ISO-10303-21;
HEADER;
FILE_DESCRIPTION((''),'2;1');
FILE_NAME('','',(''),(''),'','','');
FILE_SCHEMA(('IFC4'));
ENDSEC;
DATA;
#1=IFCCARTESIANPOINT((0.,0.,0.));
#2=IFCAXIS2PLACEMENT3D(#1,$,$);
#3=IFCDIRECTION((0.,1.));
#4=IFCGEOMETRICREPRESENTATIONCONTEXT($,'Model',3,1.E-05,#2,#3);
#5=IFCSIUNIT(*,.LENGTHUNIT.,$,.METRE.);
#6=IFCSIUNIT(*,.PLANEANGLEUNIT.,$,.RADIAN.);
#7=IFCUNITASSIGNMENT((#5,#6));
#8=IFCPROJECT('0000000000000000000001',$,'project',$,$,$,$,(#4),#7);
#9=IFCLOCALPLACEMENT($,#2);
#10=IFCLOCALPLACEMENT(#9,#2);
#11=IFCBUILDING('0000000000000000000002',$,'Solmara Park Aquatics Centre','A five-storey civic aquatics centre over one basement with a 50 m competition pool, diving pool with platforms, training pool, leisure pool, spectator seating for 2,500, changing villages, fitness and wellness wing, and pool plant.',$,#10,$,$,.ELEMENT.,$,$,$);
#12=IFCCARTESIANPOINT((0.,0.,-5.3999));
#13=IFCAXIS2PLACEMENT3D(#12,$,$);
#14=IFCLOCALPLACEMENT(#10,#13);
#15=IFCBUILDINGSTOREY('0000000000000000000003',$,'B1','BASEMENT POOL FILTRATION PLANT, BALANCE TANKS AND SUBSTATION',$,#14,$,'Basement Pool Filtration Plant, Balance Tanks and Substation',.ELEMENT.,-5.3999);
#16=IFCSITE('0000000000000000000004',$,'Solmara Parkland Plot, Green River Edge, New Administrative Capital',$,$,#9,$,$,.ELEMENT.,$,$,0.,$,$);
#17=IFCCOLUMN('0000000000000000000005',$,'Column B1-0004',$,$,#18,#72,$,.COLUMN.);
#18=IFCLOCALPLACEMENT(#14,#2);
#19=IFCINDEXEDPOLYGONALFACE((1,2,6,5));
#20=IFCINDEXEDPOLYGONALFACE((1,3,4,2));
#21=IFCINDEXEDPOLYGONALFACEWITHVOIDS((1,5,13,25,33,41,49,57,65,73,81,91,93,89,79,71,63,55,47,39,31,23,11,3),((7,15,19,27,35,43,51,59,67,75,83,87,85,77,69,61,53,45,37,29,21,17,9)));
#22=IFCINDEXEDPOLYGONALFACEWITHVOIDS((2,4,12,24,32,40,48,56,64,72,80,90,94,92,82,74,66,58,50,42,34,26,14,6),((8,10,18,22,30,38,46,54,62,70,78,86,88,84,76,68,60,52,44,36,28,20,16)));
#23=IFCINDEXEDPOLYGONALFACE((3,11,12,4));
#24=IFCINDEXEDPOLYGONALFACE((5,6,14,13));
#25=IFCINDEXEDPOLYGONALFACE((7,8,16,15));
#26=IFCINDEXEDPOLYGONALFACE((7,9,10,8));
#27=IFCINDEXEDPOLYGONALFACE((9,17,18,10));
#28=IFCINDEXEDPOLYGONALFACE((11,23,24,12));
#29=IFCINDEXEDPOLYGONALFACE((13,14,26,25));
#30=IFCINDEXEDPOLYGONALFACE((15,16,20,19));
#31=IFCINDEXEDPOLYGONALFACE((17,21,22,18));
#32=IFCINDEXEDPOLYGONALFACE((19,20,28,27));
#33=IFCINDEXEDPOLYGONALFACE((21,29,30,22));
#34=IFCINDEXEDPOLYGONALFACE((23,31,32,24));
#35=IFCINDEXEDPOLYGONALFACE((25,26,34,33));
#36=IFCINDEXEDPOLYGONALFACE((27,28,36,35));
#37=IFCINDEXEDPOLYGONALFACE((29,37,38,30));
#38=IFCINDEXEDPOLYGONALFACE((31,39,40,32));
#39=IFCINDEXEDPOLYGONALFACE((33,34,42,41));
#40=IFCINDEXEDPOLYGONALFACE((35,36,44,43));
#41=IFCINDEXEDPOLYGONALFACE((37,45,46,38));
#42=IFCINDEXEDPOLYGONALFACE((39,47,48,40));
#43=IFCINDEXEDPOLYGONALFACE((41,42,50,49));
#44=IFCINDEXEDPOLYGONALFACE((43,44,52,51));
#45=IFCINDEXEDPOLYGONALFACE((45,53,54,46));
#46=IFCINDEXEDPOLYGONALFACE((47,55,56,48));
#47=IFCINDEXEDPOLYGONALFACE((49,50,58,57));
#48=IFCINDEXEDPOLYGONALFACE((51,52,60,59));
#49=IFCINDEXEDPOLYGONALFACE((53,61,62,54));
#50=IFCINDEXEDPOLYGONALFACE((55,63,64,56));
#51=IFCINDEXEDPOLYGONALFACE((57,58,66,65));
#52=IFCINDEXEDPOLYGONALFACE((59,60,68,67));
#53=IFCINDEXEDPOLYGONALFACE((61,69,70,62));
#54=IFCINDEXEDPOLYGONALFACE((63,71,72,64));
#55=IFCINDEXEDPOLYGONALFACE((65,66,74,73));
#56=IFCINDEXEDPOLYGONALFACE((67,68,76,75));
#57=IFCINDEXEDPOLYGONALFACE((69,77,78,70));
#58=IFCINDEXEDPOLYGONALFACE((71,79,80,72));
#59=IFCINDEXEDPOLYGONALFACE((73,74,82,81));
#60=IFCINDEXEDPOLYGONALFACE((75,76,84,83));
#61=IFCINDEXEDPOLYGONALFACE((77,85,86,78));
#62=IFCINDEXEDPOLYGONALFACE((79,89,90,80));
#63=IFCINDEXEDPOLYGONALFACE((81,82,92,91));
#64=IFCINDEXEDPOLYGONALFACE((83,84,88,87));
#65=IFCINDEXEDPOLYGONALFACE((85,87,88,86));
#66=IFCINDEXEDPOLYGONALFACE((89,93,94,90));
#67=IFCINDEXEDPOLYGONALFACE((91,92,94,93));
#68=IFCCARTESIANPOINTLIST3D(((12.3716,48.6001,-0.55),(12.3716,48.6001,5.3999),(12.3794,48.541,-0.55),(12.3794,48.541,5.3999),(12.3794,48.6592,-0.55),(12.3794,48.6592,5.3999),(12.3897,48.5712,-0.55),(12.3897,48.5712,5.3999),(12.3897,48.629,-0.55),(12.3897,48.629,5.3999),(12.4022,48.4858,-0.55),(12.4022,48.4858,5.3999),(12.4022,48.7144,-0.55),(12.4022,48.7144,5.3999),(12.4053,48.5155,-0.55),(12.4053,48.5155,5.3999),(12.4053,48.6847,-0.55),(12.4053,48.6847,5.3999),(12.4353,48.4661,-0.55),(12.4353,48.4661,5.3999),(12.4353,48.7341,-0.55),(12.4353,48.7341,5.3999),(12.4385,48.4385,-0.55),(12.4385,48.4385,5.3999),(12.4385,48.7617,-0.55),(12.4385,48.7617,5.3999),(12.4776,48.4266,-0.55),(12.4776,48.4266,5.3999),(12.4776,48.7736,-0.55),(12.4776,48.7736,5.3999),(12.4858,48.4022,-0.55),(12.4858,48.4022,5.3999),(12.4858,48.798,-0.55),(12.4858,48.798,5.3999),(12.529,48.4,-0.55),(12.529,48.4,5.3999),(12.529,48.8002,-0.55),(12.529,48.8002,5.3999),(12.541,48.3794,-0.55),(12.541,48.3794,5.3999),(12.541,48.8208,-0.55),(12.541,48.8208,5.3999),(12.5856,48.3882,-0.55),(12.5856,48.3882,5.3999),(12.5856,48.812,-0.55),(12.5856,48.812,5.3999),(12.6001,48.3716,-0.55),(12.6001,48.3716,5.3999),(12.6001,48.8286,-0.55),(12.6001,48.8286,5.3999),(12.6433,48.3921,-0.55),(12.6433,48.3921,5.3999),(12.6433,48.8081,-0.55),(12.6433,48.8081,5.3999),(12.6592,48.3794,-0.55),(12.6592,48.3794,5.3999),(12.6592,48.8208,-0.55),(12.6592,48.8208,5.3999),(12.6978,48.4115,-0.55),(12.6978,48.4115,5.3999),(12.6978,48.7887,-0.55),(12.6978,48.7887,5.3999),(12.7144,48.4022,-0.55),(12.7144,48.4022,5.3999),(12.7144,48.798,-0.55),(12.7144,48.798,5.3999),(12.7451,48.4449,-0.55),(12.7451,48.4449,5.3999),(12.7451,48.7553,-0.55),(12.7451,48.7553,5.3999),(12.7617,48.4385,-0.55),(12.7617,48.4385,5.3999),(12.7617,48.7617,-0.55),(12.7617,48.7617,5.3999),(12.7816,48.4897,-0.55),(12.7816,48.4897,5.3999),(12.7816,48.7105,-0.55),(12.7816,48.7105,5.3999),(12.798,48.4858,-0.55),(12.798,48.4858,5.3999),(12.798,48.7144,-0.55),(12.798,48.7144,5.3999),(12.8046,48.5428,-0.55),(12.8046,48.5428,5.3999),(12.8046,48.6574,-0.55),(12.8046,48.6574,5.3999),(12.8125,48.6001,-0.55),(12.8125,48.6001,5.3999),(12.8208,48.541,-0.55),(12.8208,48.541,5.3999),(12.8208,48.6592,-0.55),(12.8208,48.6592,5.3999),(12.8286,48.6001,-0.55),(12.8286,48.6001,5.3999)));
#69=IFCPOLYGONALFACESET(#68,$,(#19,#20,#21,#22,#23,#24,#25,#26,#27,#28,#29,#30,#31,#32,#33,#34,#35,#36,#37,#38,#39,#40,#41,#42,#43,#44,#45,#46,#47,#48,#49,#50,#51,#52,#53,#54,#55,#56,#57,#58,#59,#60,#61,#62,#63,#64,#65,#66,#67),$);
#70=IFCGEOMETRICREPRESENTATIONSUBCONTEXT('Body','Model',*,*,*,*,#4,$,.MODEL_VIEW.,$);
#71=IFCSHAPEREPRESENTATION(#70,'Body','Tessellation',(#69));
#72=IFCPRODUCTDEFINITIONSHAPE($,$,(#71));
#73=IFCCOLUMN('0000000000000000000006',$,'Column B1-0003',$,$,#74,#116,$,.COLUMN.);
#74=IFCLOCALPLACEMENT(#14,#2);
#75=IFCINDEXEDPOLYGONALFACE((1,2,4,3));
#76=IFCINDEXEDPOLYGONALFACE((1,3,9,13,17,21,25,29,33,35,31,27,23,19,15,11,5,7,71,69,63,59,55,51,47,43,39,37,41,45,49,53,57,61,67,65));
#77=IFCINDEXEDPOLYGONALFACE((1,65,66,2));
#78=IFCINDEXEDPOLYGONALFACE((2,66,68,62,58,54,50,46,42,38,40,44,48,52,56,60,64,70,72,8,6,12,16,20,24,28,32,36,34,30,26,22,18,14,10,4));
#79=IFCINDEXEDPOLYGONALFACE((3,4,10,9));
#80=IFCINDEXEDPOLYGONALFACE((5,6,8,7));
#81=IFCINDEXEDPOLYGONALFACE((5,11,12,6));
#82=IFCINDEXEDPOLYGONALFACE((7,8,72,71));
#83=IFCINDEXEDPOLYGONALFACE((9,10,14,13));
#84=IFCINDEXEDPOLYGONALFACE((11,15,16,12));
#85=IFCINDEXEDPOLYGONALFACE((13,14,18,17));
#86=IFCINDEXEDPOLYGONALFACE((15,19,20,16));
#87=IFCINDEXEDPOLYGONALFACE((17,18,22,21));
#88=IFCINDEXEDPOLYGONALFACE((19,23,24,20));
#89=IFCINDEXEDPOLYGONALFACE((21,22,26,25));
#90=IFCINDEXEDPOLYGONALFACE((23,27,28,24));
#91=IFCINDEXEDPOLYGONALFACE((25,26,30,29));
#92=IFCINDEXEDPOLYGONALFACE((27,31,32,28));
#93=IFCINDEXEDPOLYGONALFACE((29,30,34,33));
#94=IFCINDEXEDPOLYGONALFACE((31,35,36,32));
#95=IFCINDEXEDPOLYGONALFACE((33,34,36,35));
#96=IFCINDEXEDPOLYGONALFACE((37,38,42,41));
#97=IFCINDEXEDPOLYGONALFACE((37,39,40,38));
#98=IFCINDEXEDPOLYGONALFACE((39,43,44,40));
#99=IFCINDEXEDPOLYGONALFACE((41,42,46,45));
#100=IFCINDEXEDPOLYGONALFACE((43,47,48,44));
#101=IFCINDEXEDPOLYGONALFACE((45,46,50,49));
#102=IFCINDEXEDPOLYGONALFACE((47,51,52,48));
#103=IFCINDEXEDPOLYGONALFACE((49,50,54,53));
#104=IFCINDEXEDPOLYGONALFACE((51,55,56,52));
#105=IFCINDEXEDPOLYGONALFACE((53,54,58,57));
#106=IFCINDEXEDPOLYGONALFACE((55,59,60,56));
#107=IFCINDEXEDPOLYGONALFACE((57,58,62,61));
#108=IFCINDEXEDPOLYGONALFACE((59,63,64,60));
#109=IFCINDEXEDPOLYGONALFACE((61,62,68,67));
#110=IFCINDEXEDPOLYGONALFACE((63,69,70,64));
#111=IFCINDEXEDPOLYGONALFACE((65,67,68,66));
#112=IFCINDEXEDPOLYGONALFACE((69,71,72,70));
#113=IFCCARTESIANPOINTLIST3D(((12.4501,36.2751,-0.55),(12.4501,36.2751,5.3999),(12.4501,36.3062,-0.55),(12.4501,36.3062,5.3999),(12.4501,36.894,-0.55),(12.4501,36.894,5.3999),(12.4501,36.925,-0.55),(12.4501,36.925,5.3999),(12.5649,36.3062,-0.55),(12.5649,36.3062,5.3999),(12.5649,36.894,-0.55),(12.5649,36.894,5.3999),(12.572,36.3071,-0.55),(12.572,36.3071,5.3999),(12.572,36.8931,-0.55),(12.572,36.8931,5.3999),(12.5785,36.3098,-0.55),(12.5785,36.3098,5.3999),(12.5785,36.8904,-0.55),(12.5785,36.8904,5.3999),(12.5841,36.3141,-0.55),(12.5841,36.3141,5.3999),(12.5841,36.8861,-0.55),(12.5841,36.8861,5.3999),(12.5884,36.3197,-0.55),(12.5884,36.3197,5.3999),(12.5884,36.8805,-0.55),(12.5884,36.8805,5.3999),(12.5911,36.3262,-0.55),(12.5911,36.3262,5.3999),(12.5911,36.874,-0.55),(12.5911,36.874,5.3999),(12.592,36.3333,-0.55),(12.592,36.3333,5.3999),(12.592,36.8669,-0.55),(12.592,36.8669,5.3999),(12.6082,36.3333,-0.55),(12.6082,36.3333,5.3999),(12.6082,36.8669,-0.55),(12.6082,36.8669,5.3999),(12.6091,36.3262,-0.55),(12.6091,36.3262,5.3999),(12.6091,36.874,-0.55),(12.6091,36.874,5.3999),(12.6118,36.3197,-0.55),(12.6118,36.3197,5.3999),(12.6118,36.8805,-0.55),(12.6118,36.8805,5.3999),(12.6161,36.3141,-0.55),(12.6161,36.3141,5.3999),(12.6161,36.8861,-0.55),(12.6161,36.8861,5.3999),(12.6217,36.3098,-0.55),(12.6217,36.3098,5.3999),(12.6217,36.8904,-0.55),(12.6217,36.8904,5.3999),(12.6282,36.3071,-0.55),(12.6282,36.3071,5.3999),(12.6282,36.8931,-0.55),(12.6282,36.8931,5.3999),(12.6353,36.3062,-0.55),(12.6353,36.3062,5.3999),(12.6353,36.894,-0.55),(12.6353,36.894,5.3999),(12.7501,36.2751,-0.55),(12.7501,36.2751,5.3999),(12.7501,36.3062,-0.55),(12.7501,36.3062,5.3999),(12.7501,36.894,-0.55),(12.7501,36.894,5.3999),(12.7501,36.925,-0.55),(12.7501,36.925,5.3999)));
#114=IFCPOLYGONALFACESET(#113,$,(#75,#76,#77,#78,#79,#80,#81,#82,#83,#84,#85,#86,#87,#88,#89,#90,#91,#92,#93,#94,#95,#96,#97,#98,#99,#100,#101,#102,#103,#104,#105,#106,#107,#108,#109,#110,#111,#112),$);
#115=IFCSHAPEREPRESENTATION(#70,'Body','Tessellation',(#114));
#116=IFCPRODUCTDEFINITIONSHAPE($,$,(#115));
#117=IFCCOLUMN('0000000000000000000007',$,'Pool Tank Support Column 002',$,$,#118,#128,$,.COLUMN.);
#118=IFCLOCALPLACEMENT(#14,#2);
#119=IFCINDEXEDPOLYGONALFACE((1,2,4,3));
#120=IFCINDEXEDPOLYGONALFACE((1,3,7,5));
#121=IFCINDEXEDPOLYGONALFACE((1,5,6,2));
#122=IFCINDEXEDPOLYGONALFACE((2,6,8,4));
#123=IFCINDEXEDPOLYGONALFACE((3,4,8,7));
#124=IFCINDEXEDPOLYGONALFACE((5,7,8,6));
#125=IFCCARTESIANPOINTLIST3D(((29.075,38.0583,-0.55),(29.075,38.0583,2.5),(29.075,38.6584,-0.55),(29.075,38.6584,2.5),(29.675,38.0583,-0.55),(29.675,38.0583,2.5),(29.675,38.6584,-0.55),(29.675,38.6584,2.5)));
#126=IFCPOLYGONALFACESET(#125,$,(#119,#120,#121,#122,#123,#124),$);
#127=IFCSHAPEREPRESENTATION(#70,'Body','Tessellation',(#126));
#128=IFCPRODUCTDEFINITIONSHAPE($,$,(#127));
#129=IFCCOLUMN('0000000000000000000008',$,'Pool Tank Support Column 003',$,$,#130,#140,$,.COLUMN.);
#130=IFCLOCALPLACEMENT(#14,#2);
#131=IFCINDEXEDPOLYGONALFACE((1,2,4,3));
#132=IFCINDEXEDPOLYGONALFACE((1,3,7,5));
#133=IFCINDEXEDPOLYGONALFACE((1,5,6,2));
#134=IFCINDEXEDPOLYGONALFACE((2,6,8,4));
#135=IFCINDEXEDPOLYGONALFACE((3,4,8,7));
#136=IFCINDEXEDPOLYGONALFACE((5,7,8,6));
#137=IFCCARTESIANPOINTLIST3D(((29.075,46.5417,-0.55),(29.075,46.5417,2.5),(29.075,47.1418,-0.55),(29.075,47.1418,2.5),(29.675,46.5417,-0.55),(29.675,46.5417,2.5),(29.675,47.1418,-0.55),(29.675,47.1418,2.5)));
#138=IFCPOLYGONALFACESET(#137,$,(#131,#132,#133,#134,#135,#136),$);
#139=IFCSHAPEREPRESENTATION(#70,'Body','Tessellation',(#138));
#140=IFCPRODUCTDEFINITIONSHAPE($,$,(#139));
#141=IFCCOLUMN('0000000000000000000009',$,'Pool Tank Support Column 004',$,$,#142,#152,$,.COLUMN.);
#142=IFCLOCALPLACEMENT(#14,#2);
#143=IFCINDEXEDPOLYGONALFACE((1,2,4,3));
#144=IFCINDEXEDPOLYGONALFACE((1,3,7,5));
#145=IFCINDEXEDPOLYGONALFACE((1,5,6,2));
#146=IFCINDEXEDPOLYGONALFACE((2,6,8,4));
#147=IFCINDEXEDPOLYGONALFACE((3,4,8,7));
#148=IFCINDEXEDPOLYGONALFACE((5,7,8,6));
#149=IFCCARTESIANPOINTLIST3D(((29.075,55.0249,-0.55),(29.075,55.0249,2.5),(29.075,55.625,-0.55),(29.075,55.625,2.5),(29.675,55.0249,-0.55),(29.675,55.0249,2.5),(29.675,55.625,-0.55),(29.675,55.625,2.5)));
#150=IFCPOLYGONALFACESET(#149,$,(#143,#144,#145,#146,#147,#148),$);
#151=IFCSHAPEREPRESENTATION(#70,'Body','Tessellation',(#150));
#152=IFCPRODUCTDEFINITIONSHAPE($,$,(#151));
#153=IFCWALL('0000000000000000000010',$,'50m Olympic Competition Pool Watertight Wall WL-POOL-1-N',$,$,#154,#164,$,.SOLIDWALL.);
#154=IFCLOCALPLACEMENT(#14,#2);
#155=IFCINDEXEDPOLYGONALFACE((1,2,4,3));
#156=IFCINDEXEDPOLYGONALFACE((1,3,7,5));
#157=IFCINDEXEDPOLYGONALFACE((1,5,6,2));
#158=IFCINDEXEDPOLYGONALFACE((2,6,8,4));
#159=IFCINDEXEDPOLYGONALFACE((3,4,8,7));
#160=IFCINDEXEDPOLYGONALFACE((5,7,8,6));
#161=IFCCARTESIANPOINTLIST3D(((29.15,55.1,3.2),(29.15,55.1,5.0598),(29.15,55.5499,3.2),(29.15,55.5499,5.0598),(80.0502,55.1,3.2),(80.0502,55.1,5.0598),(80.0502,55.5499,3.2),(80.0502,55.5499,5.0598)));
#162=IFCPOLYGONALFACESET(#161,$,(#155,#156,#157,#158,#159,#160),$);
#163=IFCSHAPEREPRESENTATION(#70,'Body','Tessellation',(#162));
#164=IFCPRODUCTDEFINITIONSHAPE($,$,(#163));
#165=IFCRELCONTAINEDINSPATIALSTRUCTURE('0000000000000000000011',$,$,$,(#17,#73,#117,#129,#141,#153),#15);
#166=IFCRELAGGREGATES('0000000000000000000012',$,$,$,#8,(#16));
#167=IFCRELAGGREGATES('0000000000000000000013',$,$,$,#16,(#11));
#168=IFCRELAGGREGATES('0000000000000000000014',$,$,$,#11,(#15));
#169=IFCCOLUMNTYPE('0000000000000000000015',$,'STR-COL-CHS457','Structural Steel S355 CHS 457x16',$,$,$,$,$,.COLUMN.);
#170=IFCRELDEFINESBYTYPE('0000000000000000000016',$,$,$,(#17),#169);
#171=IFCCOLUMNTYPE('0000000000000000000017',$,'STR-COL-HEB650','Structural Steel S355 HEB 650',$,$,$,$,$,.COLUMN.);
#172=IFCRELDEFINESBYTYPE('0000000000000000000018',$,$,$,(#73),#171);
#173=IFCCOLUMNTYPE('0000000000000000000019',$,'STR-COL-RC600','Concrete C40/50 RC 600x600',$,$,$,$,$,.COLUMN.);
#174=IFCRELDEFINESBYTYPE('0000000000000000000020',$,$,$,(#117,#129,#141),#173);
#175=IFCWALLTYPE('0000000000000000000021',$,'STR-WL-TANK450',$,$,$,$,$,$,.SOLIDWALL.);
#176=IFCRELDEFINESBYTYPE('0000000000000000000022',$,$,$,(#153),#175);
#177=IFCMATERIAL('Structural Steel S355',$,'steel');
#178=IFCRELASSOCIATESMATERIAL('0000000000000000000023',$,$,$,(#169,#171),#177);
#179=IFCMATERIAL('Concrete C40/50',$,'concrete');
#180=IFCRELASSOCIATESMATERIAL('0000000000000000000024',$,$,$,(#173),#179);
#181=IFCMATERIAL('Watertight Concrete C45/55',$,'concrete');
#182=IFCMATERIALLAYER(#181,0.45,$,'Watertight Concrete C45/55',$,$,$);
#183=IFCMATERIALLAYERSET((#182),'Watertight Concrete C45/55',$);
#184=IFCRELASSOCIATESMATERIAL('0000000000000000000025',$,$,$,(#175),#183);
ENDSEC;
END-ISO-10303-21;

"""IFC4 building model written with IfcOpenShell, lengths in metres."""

from ifc_helpers import new_model, si_unit, direction, frame, frame_2d, origin, origin_2d, place, context, subcontext, project, spatial, rectangle, hollow_circle, i_section, extrude, material, layer, layer_set, material_profile, profile_set, type_object, element, save


model = new_model("IFC4")

# Units and contexts
model_context = context("Model", 3, precision=1e-05, world=origin(), true_north=direction((0.0, 1.0)))
body_context = subcontext(model_context, "Body", "Model", "MODEL_VIEW")
ifc_project = project(units=[si_unit("LENGTHUNIT", "METRE"), si_unit("PLANEANGLEUNIT", "RADIAN")], contexts=[model_context])

# Site, building, storey
site_placement = place(None, origin())
site = spatial("IfcSite", under=ifc_project, at=site_placement, Name="Solmara Parkland Plot, Green River Edge, New Administrative Capital", CompositionType="ELEMENT", RefElevation=0.0)
building_placement = place(site_placement, origin())
building = spatial("IfcBuilding", under=site, at=building_placement, Name="Solmara Park Aquatics Centre", Description="A five-storey civic aquatics centre over one basement with a 50 m competition pool, diving pool with platforms, training pool, leisure pool, spectator seating for 2,500, changing villages, fitness and wellness wing, and pool plant.", CompositionType="ELEMENT")
storey_placement = place(building_placement, frame((0.0, 0.0, -5.3999)))
storey = spatial("IfcBuildingStorey", under=building, at=storey_placement, Name="B1", Description="BASEMENT POOL FILTRATION PLANT, BALANCE TANKS AND SUBSTATION", LongName="Basement Pool Filtration Plant, Balance Tanks and Substation", CompositionType="ELEMENT", Elevation=-5.3999)

# Shared definitions
ifc_material_1 = material(Name="Watertight Concrete C45/55", Category="concrete")

# Columns
ifc_material_2 = material(Name="Structural Steel S355", Category="steel")
ifc_material_profile_1 = material_profile(ifc_material_2, hollow_circle(Radius=0.2285, WallThickness=0.0161, at=origin_2d()), Name="CHS 457x16")
ifc_profile_set_1 = profile_set([ifc_material_profile_1], Name="Structural Steel S355")
column_type_1 = type_object("IfcColumnType", Name="STR-COL-CHS457", Description="Structural Steel S355 CHS 457x16", PredefinedType="COLUMN", material=ifc_profile_set_1)
column_1_placement = place(storey_placement, frame((12.6001, 48.6001, -0.55), z_axis=(0.0, 0.0, 1.0), x_axis=(1.0, 0.0, 0.0)))
element("IfcColumn", 1, at=column_1_placement, inside=storey, type_object=column_type_1, Name="Column B1-0004", PredefinedType="COLUMN", context=body_context, shape_type="SweptSolid", body=[
    extrude(hollow_circle(Radius=0.2285, WallThickness=0.0161, at=origin_2d()), origin(), (0.0, 0.0, 1.0), 5.95),
])
ifc_material_profile_2 = material_profile(ifc_material_2, i_section(OverallWidth=0.3, OverallDepth=0.6499, WebThickness=0.0161, FlangeThickness=0.031, FilletRadius=0.0271, at=origin_2d()), Name="HEB 650")
ifc_profile_set_2 = profile_set([ifc_material_profile_2], Name="Structural Steel S355")
column_type_2 = type_object("IfcColumnType", Name="STR-COL-HEB650", Description="Structural Steel S355 HEB 650", PredefinedType="COLUMN", material=ifc_profile_set_2)
column_2_placement = place(storey_placement, frame((12.6001, 36.6001, -0.55), z_axis=(0.0, 0.0, 1.0), x_axis=(1.0, 0.0, 0.0)))
element("IfcColumn", 2, at=column_2_placement, inside=storey, type_object=column_type_2, Name="Column B1-0003", PredefinedType="COLUMN", context=body_context, shape_type="SweptSolid", body=[
    extrude(i_section(OverallWidth=0.3, OverallDepth=0.6499, WebThickness=0.0161, FlangeThickness=0.031, FilletRadius=0.0271, at=origin_2d()), origin(), (0.0, 0.0, 1.0), 5.95),
])
ifc_material_3 = material(Name="Concrete C40/50", Category="concrete")
ifc_material_profile_3 = material_profile(ifc_material_3, rectangle(XDim=0.6001, YDim=0.6001, at=origin_2d()), Name="RC 600x600")
ifc_profile_set_3 = profile_set([ifc_material_profile_3], Name="Concrete C40/50")
column_type_3 = type_object("IfcColumnType", Name="STR-COL-RC600", Description="Concrete C40/50 RC 600x600", PredefinedType="COLUMN", material=ifc_profile_set_3)
for number, where, z_axis, x_axis, name in (
    (3, (29.375, 38.3584, -0.55), (0.0, 0.0, 1.0), (1.0, 0.0, 0.0), "Pool Tank Support Column 002"),
    (4, (29.375, 46.8418, -0.55), (0.0, 0.0, 1.0), (1.0, 0.0, 0.0), "Pool Tank Support Column 003"),
    (5, (29.375, 55.325, -0.55), (0.0, 0.0, 1.0), (1.0, 0.0, 0.0), "Pool Tank Support Column 004"),
):
    element("IfcColumn", number, at=place(storey_placement, frame(where, z_axis=z_axis, x_axis=x_axis)), inside=storey, type_object=column_type_3, Name=name, PredefinedType="COLUMN", context=body_context, shape_type="SweptSolid", body=[
        extrude(rectangle(XDim=0.6001, YDim=0.6001, at=origin_2d()), origin(), (0.0, 0.0, 1.0), 3.05),
    ])

# Wall
ifc_layer = layer(ifc_material_1, 0.45, Name="Watertight Concrete C45/55")
ifc_layer_set = layer_set([ifc_layer], Name="Watertight Concrete C45/55")
wall_type = type_object("IfcWallType", Name="STR-WL-TANK450", PredefinedType="SOLIDWALL", material=ifc_layer_set)
wall_placement = place(storey_placement, frame((29.1499, 55.325, 3.2), z_axis=(0.0, 0.0, 1.0), x_axis=(1.0, 0.0, 0.0)))
element("IfcWall", 6, at=wall_placement, inside=storey, type_object=wall_type, Name="50m Olympic Competition Pool Watertight Wall WL-POOL-1-N", PredefinedType="SOLIDWALL", context=body_context, shape_type="SweptSolid", body=[
    extrude(rectangle(XDim=50.9001, YDim=0.45, at=frame_2d((25.4502, 0.0))), origin(), (0.0, 0.0, 1.0), 1.8599),
])

save(model, "model.ifc")
